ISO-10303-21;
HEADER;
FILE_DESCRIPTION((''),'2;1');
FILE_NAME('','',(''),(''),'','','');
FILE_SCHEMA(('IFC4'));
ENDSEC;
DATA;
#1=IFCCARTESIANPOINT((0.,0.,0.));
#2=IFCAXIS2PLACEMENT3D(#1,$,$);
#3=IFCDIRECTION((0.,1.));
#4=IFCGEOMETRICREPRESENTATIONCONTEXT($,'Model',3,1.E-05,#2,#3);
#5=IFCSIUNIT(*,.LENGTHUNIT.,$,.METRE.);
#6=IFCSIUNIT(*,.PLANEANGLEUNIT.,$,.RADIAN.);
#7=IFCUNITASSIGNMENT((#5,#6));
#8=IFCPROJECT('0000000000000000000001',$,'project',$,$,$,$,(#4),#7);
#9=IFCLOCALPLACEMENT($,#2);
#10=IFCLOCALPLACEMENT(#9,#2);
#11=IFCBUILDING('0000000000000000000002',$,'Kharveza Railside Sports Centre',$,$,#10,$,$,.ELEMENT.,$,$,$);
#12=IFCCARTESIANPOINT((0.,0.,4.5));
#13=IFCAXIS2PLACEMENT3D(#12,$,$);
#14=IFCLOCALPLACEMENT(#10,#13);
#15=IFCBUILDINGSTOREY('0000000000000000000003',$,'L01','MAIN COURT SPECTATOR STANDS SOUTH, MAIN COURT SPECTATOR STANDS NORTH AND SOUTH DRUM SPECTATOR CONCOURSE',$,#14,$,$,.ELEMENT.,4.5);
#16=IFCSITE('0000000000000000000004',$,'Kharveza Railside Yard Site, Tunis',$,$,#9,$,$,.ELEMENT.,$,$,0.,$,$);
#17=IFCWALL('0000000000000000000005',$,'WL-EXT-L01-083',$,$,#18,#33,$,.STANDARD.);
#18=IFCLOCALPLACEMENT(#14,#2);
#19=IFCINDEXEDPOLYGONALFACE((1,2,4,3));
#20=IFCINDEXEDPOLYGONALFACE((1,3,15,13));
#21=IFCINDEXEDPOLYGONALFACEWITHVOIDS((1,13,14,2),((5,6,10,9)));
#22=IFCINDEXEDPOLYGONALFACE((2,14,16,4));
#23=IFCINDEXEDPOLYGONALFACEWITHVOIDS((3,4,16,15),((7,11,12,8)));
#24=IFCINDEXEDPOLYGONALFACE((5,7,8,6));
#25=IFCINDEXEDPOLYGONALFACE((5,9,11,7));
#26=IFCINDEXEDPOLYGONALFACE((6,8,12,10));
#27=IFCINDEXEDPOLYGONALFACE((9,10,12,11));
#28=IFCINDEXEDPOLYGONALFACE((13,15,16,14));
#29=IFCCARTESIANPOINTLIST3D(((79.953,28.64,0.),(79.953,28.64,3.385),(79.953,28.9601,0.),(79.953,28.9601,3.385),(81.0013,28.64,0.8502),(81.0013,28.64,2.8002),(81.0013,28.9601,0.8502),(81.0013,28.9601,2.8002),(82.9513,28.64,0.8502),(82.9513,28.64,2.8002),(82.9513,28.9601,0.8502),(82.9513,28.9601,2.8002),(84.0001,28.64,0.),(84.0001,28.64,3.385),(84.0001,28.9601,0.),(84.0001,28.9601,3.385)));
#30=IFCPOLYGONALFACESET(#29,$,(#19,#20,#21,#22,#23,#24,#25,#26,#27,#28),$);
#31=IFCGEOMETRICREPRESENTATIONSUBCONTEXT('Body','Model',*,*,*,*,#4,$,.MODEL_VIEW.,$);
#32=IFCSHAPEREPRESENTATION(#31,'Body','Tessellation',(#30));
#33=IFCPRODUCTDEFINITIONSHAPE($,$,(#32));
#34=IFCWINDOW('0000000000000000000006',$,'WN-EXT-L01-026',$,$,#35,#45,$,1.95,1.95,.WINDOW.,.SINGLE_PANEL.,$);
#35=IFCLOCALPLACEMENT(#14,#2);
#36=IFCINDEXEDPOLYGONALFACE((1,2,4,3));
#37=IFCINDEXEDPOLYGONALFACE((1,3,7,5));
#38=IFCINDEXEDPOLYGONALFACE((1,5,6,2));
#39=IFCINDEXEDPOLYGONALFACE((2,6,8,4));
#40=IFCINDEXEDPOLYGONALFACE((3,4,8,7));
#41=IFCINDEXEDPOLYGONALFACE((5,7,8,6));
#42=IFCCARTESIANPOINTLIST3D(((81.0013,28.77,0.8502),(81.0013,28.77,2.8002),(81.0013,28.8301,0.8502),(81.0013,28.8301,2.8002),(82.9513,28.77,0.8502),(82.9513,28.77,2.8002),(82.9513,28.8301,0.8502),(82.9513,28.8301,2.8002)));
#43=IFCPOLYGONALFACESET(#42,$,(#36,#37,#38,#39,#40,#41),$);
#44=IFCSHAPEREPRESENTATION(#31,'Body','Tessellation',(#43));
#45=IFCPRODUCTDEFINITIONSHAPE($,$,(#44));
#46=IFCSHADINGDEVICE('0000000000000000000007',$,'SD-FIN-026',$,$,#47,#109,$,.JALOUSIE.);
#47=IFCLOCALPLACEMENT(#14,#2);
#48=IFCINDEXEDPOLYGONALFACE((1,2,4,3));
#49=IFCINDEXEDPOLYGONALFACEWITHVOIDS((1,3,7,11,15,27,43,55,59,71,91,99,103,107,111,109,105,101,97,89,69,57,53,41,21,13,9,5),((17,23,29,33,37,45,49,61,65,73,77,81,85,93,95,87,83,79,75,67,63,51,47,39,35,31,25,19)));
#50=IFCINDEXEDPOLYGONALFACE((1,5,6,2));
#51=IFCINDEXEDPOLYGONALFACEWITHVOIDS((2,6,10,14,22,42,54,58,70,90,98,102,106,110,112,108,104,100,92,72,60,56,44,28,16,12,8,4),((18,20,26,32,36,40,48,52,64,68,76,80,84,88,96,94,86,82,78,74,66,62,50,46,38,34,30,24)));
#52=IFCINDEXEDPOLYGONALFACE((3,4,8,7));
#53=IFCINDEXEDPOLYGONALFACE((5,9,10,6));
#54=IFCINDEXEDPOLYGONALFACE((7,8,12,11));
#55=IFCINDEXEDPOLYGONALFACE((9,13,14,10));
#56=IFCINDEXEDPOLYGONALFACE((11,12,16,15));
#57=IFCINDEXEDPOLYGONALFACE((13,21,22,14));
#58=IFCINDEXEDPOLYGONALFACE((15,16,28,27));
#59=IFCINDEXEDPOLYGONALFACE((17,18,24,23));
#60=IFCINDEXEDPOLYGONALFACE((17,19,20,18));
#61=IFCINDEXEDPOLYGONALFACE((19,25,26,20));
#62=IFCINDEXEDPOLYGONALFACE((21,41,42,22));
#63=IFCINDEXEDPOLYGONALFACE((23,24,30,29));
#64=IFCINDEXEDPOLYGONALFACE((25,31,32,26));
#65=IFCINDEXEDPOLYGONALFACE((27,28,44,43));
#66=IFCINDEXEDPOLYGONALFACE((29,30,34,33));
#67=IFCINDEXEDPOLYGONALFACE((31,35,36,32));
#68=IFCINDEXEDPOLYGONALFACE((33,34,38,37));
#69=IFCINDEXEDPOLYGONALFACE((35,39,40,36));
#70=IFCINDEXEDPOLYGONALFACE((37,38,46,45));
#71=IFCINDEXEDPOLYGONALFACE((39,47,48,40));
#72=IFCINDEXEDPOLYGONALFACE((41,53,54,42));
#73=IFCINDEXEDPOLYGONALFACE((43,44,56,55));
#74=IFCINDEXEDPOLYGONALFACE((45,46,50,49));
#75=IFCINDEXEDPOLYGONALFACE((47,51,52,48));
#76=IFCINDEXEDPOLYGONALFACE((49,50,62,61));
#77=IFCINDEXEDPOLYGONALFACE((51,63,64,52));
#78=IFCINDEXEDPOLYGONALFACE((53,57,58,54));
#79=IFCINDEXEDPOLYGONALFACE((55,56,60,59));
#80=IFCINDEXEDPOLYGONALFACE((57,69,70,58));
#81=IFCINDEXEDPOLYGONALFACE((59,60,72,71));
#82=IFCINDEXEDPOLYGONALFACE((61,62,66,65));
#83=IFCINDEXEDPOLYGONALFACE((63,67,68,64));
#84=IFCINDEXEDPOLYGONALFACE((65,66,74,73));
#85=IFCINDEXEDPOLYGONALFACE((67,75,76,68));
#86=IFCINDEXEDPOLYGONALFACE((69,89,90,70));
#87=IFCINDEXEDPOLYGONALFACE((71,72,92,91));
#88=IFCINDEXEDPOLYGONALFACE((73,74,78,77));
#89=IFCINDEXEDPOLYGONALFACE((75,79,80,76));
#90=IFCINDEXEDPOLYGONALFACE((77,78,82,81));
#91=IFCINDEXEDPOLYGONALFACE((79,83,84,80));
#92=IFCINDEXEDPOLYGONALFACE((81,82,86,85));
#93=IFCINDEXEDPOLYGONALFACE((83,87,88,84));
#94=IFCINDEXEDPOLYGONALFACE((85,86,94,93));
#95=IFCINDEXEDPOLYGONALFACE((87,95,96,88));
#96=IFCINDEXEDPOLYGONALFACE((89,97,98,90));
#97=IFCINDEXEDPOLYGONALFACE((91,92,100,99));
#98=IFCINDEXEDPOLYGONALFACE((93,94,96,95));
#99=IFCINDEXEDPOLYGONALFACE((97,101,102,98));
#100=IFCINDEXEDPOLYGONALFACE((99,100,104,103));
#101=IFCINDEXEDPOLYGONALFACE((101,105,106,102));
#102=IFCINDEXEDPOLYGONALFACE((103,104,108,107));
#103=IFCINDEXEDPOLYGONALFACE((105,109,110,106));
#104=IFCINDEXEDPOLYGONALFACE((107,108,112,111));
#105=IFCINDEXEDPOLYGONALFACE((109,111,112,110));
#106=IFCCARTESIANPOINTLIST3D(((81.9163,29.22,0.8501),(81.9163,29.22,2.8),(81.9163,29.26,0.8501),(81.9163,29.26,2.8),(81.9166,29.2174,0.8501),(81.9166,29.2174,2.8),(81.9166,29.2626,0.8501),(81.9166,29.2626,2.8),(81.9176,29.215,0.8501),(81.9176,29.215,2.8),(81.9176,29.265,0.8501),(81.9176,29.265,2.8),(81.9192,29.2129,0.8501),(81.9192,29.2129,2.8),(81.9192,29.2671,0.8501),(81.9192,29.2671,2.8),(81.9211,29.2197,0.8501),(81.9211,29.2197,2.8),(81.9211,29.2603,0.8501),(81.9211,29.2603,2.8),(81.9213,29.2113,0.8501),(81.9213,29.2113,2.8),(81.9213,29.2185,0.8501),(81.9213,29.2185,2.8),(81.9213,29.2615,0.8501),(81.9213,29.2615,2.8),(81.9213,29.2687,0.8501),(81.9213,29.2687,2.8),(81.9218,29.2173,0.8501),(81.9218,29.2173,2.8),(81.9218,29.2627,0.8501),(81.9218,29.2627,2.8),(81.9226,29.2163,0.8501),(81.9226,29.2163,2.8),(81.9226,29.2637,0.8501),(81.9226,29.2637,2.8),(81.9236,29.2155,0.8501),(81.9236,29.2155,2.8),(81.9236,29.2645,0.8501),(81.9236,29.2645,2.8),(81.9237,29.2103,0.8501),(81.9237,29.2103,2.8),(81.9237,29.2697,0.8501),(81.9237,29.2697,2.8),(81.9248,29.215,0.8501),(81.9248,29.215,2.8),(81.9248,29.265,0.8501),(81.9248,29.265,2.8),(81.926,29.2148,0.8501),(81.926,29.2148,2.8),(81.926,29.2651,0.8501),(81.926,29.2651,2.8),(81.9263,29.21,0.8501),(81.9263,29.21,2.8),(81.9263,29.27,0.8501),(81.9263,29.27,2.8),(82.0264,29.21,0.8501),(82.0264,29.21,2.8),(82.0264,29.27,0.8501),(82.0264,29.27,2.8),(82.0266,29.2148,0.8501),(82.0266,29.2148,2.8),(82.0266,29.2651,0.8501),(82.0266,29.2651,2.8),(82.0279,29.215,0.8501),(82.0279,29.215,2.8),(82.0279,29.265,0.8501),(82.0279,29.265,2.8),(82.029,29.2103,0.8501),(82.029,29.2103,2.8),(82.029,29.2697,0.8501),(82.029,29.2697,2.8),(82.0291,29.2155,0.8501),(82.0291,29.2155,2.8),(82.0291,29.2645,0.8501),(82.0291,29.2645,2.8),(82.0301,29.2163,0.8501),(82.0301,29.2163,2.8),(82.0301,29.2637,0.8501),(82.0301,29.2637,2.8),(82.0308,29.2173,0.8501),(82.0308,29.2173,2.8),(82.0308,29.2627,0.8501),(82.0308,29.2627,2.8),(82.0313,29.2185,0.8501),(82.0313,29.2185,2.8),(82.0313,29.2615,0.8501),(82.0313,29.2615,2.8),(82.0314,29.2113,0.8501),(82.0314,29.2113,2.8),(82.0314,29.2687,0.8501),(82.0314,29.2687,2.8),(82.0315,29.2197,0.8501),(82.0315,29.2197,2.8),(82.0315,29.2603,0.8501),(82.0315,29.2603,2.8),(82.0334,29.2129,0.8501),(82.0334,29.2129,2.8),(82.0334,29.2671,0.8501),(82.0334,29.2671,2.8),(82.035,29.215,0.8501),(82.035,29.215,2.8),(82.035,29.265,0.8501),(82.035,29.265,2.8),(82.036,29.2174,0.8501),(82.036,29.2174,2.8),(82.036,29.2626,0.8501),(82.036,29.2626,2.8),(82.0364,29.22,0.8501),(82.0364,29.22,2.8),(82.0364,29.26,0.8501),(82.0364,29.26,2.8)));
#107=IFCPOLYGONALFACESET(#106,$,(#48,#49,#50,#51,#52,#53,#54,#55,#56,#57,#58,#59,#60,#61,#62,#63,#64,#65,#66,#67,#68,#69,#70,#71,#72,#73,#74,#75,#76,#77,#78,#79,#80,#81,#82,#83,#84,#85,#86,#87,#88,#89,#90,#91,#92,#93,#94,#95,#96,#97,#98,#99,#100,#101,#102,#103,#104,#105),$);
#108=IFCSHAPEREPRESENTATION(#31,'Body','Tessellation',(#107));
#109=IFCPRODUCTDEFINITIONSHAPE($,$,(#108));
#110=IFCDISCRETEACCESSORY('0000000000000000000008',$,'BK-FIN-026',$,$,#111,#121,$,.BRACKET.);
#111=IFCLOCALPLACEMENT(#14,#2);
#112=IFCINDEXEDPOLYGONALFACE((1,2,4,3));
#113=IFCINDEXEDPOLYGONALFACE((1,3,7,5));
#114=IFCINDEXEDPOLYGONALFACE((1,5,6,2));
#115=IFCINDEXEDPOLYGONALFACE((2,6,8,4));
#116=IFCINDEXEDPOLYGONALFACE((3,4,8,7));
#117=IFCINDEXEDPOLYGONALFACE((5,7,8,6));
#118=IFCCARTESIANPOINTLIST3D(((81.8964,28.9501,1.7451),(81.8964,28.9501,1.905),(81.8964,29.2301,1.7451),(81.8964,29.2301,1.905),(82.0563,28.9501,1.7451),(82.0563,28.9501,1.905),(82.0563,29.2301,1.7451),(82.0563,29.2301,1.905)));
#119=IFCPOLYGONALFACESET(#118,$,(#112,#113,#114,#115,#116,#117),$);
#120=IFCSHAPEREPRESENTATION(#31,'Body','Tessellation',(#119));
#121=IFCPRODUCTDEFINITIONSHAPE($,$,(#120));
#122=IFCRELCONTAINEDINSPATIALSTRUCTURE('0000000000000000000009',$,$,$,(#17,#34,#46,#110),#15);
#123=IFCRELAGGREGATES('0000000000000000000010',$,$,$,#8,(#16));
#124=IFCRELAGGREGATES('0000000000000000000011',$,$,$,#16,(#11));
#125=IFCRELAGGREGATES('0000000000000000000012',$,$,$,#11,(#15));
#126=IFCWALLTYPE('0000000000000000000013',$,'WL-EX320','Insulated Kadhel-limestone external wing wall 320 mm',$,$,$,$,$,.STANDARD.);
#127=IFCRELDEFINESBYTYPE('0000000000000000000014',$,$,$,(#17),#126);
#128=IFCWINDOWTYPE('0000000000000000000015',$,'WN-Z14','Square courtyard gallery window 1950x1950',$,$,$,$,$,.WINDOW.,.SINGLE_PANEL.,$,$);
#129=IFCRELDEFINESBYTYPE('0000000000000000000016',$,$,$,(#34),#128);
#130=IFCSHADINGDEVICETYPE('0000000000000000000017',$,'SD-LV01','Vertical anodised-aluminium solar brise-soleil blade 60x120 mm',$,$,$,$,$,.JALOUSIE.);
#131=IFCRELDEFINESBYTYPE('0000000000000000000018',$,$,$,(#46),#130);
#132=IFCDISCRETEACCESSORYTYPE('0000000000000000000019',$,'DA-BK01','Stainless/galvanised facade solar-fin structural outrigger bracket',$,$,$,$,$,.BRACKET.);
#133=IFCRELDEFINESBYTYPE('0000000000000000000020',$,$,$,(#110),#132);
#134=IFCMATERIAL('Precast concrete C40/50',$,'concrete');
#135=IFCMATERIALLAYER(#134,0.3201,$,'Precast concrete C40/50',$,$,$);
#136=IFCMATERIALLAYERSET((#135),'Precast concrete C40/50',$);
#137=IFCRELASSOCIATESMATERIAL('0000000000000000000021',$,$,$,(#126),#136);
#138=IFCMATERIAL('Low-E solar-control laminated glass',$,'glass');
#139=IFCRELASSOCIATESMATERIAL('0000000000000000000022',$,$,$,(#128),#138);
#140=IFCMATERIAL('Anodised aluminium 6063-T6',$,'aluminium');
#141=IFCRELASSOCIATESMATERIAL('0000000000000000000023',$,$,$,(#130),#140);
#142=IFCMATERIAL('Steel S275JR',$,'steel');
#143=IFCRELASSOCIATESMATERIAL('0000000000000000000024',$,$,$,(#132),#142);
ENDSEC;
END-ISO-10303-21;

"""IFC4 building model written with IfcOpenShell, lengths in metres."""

from ifc_helpers import new_model, si_unit, direction, frame, frame_2d, origin, origin_2d, place, context, subcontext, project, spatial, rectangle, hollow_rectangle, extrude, material, layer, layer_set, material_profile, profile_set, type_object, element, fill, save


model = new_model("IFC4")

# Units and contexts
model_context = context("Model", 3, precision=1e-05, world=origin(), true_north=direction((0.0, 1.0)))
body_context = subcontext(model_context, "Body", "Model", "MODEL_VIEW")
ifc_project = project(units=[si_unit("LENGTHUNIT", "METRE"), si_unit("PLANEANGLEUNIT", "RADIAN")], contexts=[model_context])

# Site, building, storey
site_placement = place(None, origin())
site = spatial("IfcSite", under=ifc_project, at=site_placement, Name="Kharveza Railside Yard Site, Tunis", CompositionType="ELEMENT", RefElevation=0.0)
building_placement = place(site_placement, origin())
building = spatial("IfcBuilding", under=site, at=building_placement, Name="Kharveza Railside Sports Centre", CompositionType="ELEMENT")
storey_placement = place(building_placement, frame((0.0, 0.0, 4.5)))
storey = spatial("IfcBuildingStorey", under=building, at=storey_placement, Name="L01", Description="MAIN COURT SPECTATOR STANDS SOUTH, MAIN COURT SPECTATOR STANDS NORTH AND SOUTH DRUM SPECTATOR CONCOURSE", CompositionType="ELEMENT", Elevation=4.5)

# Shared definitions
ifc_material_1 = material(Name="Low-E solar-control laminated glass", Category="glass")
ifc_material_2 = material(Name="Anodised aluminium 6063-T6", Category="aluminium")

# Wall, opening, window
ifc_material_3 = material(Name="Precast concrete C40/50", Category="concrete")
ifc_layer_1 = layer(ifc_material_3, 0.3201, Name="Precast concrete C40/50")
ifc_layer_set_1 = layer_set([ifc_layer_1], Name="Precast concrete C40/50")
wall_type = type_object("IfcWallType", Name="WL-EX320", Description="Insulated Kadhel-limestone external wing wall 320 mm", PredefinedType="STANDARD", material=ifc_layer_set_1)
wall_placement = place(storey_placement, frame((84.0, 28.8, 0.0), z_axis=(0.0, 0.0, 1.0), x_axis=(-1.0, 0.0, 0.0)))
wall = element("IfcWall", 1, at=wall_placement, inside=storey, type_object=wall_type, Name="WL-EXT-L01-083", PredefinedType="STANDARD", context=body_context, shape_type="SweptSolid", body=[
    extrude(rectangle(XDim=4.0471, YDim=0.3201, at=frame_2d((2.0234, 0.0))), origin(), (0.0, 0.0, 1.0), 3.385),
])
opening_placement = place(wall_placement, frame((1.0486, 0.0, 0.8501)))
opening = element("IfcOpeningElement", 2, at=opening_placement, cuts=wall, PredefinedType="OPENING", context=body_context, shape_type="SweptSolid", body=[
    extrude(rectangle(XDim=1.95, YDim=1.95, at=frame_2d((0.9751, 0.9751))), frame((0.0, 0.1851, 0.0), z_axis=(0.0, -1.0, 0.0), x_axis=(1.0, 0.0, 0.0)), (0.0, 0.0, 1.0), 0.3699),
])
window_type = type_object("IfcWindowType", Name="WN-Z14", Description="Square courtyard gallery window 1950x1950", PartitioningType="SINGLE_PANEL", PredefinedType="WINDOW", material=ifc_material_1)
window_placement = place(opening_placement, origin())
window = element("IfcWindow", 3, at=window_placement, inside=storey, type_object=window_type, Name="WN-EXT-L01-026", OverallHeight=1.95, OverallWidth=1.95, PartitioningType="SINGLE_PANEL", PredefinedType="WINDOW", context=body_context, shape_type="SweptSolid", body=[
    extrude(rectangle(XDim=1.95, YDim=1.95, at=frame_2d((0.9751, 0.9751))), frame((0.0, 0.03, 0.0), z_axis=(0.0, -1.0, 0.0), x_axis=(1.0, 0.0, 0.0)), (0.0, 0.0, 1.0), 0.0601),
])
fill(opening, window)

# Shading device
ifc_material_profile_1 = material_profile(ifc_material_2, hollow_rectangle(XDim=0.0601, YDim=0.1201, WallThickness=0.0049, InnerFilletRadius=0.0049, OuterFilletRadius=0.01, at=origin_2d()), Name="RHS 60x120x5.0")
ifc_profile_set_1 = profile_set([ifc_material_profile_1], Name="Anodised aluminium 6063-T6")
shading_device_type = type_object("IfcShadingDeviceType", Name="SD-LV01", Description="Vertical anodised-aluminium solar brise-soleil blade 60x120 mm", PredefinedType="JALOUSIE", material=ifc_profile_set_1)
shading_device_placement = place(storey_placement, frame((81.9763, 29.24, 0.8501), z_axis=(0.0, 0.0, 1.0), x_axis=(0.0, 1.0, 0.0)))
element("IfcShadingDevice", 4, at=shading_device_placement, inside=storey, type_object=shading_device_type, Name="SD-FIN-026", PredefinedType="JALOUSIE", context=body_context, shape_type="SweptSolid", body=[
    extrude(hollow_rectangle(XDim=0.0601, YDim=0.1201, WallThickness=0.0049, InnerFilletRadius=0.0049, OuterFilletRadius=0.01, at=origin_2d()), origin(), (0.0, 0.0, 1.0), 1.95),
])

# Discrete accessory
ifc_material_4 = material(Name="Steel S275JR", Category="steel")
discrete_accessory_type = type_object("IfcDiscreteAccessoryType", Name="DA-BK01", Description="Stainless/galvanised facade solar-fin structural outrigger bracket", PredefinedType="BRACKET", material=ifc_material_4)
discrete_accessory_placement = place(storey_placement, frame((81.9763, 29.0901, 1.7451), z_axis=(0.0, 0.0, 1.0), x_axis=(0.0, 1.0, 0.0)))
element("IfcDiscreteAccessory", 5, at=discrete_accessory_placement, inside=storey, type_object=discrete_accessory_type, Name="BK-FIN-026", PredefinedType="BRACKET", context=body_context, shape_type="SweptSolid", body=[
    extrude(rectangle(XDim=0.28, YDim=0.1599, at=origin_2d()), origin(), (0.0, 0.0, 1.0), 0.1599),
])

save(model, "model.ifc")
